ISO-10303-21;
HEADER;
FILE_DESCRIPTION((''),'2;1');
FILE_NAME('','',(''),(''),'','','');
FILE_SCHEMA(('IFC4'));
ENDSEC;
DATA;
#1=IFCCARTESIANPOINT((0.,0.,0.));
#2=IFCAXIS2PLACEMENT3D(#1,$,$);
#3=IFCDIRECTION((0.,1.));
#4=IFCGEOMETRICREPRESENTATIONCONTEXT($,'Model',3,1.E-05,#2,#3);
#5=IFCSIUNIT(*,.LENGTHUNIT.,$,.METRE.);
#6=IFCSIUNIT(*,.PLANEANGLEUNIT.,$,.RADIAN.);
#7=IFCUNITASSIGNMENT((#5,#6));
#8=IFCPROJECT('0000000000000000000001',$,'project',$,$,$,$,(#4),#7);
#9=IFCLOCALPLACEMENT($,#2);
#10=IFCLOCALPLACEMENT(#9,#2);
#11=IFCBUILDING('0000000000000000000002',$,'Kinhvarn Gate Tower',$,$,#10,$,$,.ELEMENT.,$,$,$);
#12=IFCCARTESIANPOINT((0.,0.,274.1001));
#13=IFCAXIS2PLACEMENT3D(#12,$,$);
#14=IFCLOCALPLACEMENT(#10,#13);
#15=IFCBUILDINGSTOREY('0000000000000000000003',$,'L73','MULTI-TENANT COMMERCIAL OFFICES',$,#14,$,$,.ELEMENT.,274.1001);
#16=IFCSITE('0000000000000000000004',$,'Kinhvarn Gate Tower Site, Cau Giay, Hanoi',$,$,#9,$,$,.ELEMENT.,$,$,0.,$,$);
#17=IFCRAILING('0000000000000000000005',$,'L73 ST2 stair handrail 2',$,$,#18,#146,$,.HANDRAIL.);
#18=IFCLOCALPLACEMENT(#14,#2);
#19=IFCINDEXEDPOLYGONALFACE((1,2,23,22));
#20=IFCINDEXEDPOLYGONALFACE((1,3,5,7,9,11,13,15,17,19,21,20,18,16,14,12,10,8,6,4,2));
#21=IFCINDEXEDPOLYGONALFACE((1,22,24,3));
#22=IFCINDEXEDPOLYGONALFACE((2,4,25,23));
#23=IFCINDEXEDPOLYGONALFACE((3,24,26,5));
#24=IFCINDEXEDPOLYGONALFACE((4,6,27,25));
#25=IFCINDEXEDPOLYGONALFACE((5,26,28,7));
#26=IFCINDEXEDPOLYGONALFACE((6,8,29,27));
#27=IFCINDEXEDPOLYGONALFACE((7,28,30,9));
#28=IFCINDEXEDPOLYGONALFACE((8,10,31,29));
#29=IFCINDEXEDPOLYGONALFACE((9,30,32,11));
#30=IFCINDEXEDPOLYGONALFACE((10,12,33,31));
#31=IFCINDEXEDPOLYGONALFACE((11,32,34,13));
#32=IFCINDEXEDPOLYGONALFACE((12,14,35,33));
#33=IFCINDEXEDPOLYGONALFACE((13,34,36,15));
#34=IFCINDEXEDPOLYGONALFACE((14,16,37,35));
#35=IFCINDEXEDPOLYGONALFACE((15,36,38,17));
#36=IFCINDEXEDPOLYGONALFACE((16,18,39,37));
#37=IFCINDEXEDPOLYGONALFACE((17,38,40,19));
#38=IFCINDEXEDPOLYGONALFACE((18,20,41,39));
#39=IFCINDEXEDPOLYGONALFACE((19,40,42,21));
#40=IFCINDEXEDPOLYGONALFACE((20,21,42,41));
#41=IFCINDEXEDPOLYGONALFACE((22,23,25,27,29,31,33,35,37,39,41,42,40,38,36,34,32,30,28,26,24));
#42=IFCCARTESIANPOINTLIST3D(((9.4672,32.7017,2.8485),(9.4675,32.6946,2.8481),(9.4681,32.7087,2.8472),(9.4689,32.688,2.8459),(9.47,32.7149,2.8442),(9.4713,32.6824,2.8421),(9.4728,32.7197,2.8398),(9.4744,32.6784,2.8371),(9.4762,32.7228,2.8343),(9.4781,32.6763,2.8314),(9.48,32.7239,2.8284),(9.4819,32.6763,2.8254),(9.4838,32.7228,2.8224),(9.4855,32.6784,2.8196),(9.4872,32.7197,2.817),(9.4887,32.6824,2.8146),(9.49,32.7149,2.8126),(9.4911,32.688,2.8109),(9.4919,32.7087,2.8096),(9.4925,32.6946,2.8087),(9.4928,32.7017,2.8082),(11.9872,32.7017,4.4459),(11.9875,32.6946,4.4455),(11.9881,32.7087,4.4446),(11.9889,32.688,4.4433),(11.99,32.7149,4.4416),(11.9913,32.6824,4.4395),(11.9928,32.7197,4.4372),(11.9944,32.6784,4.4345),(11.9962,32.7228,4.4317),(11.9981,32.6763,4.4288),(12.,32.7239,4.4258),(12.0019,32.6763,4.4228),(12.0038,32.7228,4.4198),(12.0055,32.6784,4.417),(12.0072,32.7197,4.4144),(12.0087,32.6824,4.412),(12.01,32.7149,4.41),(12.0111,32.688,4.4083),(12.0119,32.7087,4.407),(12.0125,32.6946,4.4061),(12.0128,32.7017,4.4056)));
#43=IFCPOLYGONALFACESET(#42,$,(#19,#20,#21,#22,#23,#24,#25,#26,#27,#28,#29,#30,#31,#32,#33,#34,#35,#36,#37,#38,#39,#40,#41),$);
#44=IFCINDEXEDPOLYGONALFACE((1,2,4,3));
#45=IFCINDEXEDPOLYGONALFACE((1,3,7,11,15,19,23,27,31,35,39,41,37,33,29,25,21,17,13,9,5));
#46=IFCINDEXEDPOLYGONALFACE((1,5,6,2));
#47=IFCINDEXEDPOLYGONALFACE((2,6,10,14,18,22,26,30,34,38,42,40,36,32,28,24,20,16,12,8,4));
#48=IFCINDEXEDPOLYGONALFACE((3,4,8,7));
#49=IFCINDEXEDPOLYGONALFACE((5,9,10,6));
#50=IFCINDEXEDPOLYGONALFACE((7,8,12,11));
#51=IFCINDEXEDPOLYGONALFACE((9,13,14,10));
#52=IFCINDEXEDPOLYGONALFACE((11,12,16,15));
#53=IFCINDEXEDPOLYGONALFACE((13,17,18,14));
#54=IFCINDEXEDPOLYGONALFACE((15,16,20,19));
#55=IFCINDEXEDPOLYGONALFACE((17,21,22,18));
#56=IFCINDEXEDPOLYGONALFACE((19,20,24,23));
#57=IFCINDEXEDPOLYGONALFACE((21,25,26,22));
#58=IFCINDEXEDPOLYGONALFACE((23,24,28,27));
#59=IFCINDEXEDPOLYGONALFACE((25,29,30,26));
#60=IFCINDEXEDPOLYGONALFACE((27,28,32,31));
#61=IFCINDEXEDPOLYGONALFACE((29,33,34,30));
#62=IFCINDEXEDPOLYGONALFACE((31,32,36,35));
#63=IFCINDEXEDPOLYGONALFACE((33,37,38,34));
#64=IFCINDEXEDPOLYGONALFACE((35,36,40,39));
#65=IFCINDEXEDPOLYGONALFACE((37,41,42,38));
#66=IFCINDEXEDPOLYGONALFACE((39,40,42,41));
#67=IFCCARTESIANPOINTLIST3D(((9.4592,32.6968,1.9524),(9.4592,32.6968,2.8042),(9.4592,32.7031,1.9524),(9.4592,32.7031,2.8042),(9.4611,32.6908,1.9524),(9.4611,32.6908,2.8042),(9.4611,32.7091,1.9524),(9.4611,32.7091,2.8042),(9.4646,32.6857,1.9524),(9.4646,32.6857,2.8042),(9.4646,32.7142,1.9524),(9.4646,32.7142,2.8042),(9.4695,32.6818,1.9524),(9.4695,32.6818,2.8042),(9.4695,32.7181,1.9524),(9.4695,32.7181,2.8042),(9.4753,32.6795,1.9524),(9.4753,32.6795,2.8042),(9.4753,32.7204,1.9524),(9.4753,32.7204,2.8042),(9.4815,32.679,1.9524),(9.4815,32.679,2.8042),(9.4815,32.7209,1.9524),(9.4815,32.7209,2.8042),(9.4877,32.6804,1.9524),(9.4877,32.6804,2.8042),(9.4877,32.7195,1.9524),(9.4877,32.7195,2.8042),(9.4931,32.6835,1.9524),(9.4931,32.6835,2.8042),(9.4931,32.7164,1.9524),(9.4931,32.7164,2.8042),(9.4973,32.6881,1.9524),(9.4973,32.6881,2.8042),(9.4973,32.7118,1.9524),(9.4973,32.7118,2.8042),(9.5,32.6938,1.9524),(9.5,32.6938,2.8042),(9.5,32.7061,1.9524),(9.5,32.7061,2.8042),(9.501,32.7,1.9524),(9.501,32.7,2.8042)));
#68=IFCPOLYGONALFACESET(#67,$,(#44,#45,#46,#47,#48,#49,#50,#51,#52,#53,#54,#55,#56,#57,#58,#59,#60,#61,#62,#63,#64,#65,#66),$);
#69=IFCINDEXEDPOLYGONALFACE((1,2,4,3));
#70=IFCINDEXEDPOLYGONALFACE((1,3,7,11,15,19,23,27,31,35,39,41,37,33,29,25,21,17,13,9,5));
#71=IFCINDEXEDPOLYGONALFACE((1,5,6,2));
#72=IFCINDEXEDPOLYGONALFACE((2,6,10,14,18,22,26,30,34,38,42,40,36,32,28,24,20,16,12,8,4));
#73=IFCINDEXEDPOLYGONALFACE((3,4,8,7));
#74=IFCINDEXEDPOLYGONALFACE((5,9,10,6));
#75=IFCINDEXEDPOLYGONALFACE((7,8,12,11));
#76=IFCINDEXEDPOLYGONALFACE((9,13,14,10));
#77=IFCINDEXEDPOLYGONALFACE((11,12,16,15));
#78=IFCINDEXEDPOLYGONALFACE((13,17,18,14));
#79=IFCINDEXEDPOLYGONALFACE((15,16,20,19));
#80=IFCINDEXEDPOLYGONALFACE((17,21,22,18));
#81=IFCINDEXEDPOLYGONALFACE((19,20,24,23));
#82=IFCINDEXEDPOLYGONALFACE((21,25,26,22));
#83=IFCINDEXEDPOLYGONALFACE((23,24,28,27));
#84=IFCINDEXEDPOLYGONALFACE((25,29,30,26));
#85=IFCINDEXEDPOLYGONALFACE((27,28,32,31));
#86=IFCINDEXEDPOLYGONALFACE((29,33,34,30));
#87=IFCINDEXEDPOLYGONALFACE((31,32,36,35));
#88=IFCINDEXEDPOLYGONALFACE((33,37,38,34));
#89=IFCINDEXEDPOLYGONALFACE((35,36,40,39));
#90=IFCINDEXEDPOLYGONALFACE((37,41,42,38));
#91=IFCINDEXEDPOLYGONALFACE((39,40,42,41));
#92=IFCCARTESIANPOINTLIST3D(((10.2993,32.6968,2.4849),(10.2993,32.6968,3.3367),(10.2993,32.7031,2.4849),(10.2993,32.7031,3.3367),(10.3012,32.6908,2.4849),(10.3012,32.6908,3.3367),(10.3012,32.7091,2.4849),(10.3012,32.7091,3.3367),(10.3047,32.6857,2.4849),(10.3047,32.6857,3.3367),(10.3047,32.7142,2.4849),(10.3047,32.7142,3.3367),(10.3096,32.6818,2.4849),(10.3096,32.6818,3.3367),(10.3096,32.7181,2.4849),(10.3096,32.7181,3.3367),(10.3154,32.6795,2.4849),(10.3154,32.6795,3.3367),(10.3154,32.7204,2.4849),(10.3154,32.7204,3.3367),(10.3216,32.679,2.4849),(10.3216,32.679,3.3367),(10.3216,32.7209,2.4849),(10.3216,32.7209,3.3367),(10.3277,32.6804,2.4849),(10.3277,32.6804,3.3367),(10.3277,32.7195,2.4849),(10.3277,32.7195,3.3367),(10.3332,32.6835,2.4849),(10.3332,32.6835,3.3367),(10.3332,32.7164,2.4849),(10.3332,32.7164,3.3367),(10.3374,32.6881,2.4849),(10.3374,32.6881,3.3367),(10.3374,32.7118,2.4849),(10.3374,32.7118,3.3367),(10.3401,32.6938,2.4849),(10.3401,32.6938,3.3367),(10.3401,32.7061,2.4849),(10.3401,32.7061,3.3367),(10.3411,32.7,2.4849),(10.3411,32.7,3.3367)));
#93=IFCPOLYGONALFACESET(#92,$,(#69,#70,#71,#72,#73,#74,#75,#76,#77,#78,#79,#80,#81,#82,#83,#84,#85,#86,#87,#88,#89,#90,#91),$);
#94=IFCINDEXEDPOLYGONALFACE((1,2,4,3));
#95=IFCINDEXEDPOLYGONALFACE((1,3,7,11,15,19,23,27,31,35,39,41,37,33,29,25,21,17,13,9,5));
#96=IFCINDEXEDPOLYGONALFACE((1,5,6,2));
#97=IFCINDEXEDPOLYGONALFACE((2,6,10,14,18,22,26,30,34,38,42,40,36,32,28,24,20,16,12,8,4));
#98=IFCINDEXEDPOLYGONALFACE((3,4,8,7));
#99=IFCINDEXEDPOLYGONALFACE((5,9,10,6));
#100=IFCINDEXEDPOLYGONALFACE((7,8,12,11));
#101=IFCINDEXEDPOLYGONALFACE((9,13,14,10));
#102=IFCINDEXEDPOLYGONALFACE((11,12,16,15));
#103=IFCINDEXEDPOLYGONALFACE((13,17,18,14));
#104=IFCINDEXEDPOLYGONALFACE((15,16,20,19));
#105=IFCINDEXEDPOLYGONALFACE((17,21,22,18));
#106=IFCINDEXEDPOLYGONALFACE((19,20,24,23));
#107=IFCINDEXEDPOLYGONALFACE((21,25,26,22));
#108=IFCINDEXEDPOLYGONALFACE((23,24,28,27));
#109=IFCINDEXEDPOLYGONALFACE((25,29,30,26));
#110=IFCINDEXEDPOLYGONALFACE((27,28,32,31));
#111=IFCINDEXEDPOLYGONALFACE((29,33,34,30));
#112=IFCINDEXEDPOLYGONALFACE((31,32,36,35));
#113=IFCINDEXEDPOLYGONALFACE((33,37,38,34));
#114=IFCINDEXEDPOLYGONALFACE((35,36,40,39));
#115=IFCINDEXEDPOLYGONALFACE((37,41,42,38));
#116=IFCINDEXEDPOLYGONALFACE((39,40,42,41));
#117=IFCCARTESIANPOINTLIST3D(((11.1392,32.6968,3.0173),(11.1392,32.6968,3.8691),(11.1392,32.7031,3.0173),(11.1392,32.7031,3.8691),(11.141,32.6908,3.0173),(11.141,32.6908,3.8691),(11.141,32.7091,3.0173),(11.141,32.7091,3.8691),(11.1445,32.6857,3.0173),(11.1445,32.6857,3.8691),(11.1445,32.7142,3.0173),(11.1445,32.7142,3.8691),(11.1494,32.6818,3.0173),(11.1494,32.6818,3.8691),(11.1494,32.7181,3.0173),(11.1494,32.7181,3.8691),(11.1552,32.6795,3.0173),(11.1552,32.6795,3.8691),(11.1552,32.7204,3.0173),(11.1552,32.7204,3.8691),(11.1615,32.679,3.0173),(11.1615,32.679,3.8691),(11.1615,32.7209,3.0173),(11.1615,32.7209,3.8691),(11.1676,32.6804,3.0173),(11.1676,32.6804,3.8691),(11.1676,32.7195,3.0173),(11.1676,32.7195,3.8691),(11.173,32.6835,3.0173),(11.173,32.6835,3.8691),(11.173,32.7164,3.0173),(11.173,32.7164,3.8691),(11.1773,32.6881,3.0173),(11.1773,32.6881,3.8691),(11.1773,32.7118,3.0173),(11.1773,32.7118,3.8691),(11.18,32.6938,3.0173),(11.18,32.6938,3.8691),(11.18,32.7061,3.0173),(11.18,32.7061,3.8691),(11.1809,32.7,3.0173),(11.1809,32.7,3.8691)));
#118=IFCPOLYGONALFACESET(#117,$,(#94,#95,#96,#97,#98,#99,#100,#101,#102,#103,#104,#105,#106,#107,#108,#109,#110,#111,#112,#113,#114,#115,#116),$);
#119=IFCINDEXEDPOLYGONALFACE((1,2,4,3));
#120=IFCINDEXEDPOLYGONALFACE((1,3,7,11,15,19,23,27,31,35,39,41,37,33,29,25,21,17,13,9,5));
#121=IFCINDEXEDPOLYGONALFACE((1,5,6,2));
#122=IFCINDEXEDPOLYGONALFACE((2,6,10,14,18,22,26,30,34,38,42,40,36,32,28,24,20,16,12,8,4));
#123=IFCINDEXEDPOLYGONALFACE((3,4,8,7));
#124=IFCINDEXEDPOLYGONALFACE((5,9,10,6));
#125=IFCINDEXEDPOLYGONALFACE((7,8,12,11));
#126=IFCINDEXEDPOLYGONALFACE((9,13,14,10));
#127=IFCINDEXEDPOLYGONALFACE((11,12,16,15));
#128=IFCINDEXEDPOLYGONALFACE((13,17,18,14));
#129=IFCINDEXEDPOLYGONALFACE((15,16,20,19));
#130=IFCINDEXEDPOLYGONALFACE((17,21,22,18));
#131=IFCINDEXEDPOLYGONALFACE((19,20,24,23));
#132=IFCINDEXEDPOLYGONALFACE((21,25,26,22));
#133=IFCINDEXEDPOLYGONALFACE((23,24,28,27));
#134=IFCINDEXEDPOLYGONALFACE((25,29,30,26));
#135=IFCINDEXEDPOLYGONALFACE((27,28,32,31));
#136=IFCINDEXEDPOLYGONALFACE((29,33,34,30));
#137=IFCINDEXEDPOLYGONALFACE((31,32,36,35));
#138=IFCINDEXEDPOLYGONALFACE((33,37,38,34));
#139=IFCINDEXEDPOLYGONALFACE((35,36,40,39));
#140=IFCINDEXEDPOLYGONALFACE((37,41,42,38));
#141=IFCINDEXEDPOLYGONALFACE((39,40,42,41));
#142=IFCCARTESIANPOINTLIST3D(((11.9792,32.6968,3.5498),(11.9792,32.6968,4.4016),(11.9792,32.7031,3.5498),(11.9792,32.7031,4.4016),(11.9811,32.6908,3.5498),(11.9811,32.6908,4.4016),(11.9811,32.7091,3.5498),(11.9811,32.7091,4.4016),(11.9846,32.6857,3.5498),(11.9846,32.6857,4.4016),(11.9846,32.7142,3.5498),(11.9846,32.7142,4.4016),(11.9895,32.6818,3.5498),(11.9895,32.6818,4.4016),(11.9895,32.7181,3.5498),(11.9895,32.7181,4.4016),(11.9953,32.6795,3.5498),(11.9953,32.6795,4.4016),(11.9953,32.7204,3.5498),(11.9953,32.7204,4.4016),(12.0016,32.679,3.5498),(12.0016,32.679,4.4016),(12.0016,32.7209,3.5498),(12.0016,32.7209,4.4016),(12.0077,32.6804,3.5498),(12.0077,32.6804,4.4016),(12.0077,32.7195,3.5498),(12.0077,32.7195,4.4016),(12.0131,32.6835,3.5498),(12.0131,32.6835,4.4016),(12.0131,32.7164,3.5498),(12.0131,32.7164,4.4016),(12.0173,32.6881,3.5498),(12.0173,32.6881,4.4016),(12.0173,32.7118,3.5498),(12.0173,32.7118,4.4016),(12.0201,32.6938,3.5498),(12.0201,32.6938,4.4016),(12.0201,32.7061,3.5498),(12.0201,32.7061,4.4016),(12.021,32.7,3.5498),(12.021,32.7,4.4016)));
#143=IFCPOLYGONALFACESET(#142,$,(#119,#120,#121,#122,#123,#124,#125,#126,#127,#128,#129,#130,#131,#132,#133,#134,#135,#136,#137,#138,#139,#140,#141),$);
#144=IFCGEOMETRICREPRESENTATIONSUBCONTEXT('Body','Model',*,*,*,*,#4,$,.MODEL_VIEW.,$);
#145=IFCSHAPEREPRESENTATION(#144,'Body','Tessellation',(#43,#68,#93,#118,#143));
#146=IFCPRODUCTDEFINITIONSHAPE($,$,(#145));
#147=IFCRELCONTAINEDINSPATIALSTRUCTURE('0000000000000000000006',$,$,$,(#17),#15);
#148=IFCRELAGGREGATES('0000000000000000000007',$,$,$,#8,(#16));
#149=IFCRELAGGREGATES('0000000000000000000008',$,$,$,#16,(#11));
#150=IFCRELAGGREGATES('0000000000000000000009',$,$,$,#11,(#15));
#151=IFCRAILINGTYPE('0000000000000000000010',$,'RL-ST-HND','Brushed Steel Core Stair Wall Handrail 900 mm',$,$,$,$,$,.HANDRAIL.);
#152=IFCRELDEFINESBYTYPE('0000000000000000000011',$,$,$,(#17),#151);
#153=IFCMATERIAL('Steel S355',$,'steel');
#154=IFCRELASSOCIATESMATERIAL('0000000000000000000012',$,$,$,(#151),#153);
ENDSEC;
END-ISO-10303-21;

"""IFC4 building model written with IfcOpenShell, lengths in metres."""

from ifc_helpers import new_model, si_unit, direction, frame, origin, origin_2d, place, context, subcontext, project, spatial, circle, extrude, material, type_object, element, save


model = new_model("IFC4")

# Units and contexts
model_context = context("Model", 3, precision=1e-05, world=origin(), true_north=direction((0.0, 1.0)))
body_context = subcontext(model_context, "Body", "Model", "MODEL_VIEW")
ifc_project = project(units=[si_unit("LENGTHUNIT", "METRE"), si_unit("PLANEANGLEUNIT", "RADIAN")], contexts=[model_context])

# Site, building, storey
site_placement = place(None, origin())
site = spatial("IfcSite", under=ifc_project, at=site_placement, Name="Kinhvarn Gate Tower Site, Cau Giay, Hanoi", CompositionType="ELEMENT", RefElevation=0.0)
building_placement = place(site_placement, origin())
building = spatial("IfcBuilding", under=site, at=building_placement, Name="Kinhvarn Gate Tower", CompositionType="ELEMENT")
storey_placement = place(building_placement, frame((0.0, 0.0, 274.1001)))
storey = spatial("IfcBuildingStorey", under=building, at=storey_placement, Name="L73", Description="MULTI-TENANT COMMERCIAL OFFICES", CompositionType="ELEMENT", Elevation=274.1001)

# Railing
ifc_material_1 = material(Name="Steel S355", Category="steel")
railing_type_1 = type_object("IfcRailingType", Name="RL-ST-HND", Description="Brushed Steel Core Stair Wall Handrail 900 mm", PredefinedType="HANDRAIL", material=ifc_material_1)
railing_1_placement = place(storey_placement, frame((9.48, 32.7, 1.9524)))
element("IfcRailing", 1, at=railing_1_placement, inside=storey, type_object=railing_type_1, Name="L73 ST2 stair handrail 2", PredefinedType="HANDRAIL", context=body_context, shape_type="SweptSolid", body=[
    extrude(circle(Radius=0.0239, at=origin_2d()), frame((0.0, 0.0, 0.876), z_axis=(0.844607, 0.0, 0.535387), x_axis=(0.0, 1.0, 0.0)), (0.0, 0.0, 1.0), 2.9836),
    extrude(circle(Radius=0.021, at=origin_2d()), origin(), (0.0, 0.0, 1.0), 0.8518),
    extrude(circle(Radius=0.021, at=origin_2d()), frame((0.8401, 0.0, 0.5325)), (0.0, 0.0, 1.0), 0.8518),
    extrude(circle(Radius=0.021, at=origin_2d()), frame((1.6799, 0.0, 1.0649)), (0.0, 0.0, 1.0), 0.8518),
    extrude(circle(Radius=0.021, at=origin_2d()), frame((2.52, 0.0, 1.5974)), (0.0, 0.0, 1.0), 0.8518),
])

save(model, "model.ifc")
